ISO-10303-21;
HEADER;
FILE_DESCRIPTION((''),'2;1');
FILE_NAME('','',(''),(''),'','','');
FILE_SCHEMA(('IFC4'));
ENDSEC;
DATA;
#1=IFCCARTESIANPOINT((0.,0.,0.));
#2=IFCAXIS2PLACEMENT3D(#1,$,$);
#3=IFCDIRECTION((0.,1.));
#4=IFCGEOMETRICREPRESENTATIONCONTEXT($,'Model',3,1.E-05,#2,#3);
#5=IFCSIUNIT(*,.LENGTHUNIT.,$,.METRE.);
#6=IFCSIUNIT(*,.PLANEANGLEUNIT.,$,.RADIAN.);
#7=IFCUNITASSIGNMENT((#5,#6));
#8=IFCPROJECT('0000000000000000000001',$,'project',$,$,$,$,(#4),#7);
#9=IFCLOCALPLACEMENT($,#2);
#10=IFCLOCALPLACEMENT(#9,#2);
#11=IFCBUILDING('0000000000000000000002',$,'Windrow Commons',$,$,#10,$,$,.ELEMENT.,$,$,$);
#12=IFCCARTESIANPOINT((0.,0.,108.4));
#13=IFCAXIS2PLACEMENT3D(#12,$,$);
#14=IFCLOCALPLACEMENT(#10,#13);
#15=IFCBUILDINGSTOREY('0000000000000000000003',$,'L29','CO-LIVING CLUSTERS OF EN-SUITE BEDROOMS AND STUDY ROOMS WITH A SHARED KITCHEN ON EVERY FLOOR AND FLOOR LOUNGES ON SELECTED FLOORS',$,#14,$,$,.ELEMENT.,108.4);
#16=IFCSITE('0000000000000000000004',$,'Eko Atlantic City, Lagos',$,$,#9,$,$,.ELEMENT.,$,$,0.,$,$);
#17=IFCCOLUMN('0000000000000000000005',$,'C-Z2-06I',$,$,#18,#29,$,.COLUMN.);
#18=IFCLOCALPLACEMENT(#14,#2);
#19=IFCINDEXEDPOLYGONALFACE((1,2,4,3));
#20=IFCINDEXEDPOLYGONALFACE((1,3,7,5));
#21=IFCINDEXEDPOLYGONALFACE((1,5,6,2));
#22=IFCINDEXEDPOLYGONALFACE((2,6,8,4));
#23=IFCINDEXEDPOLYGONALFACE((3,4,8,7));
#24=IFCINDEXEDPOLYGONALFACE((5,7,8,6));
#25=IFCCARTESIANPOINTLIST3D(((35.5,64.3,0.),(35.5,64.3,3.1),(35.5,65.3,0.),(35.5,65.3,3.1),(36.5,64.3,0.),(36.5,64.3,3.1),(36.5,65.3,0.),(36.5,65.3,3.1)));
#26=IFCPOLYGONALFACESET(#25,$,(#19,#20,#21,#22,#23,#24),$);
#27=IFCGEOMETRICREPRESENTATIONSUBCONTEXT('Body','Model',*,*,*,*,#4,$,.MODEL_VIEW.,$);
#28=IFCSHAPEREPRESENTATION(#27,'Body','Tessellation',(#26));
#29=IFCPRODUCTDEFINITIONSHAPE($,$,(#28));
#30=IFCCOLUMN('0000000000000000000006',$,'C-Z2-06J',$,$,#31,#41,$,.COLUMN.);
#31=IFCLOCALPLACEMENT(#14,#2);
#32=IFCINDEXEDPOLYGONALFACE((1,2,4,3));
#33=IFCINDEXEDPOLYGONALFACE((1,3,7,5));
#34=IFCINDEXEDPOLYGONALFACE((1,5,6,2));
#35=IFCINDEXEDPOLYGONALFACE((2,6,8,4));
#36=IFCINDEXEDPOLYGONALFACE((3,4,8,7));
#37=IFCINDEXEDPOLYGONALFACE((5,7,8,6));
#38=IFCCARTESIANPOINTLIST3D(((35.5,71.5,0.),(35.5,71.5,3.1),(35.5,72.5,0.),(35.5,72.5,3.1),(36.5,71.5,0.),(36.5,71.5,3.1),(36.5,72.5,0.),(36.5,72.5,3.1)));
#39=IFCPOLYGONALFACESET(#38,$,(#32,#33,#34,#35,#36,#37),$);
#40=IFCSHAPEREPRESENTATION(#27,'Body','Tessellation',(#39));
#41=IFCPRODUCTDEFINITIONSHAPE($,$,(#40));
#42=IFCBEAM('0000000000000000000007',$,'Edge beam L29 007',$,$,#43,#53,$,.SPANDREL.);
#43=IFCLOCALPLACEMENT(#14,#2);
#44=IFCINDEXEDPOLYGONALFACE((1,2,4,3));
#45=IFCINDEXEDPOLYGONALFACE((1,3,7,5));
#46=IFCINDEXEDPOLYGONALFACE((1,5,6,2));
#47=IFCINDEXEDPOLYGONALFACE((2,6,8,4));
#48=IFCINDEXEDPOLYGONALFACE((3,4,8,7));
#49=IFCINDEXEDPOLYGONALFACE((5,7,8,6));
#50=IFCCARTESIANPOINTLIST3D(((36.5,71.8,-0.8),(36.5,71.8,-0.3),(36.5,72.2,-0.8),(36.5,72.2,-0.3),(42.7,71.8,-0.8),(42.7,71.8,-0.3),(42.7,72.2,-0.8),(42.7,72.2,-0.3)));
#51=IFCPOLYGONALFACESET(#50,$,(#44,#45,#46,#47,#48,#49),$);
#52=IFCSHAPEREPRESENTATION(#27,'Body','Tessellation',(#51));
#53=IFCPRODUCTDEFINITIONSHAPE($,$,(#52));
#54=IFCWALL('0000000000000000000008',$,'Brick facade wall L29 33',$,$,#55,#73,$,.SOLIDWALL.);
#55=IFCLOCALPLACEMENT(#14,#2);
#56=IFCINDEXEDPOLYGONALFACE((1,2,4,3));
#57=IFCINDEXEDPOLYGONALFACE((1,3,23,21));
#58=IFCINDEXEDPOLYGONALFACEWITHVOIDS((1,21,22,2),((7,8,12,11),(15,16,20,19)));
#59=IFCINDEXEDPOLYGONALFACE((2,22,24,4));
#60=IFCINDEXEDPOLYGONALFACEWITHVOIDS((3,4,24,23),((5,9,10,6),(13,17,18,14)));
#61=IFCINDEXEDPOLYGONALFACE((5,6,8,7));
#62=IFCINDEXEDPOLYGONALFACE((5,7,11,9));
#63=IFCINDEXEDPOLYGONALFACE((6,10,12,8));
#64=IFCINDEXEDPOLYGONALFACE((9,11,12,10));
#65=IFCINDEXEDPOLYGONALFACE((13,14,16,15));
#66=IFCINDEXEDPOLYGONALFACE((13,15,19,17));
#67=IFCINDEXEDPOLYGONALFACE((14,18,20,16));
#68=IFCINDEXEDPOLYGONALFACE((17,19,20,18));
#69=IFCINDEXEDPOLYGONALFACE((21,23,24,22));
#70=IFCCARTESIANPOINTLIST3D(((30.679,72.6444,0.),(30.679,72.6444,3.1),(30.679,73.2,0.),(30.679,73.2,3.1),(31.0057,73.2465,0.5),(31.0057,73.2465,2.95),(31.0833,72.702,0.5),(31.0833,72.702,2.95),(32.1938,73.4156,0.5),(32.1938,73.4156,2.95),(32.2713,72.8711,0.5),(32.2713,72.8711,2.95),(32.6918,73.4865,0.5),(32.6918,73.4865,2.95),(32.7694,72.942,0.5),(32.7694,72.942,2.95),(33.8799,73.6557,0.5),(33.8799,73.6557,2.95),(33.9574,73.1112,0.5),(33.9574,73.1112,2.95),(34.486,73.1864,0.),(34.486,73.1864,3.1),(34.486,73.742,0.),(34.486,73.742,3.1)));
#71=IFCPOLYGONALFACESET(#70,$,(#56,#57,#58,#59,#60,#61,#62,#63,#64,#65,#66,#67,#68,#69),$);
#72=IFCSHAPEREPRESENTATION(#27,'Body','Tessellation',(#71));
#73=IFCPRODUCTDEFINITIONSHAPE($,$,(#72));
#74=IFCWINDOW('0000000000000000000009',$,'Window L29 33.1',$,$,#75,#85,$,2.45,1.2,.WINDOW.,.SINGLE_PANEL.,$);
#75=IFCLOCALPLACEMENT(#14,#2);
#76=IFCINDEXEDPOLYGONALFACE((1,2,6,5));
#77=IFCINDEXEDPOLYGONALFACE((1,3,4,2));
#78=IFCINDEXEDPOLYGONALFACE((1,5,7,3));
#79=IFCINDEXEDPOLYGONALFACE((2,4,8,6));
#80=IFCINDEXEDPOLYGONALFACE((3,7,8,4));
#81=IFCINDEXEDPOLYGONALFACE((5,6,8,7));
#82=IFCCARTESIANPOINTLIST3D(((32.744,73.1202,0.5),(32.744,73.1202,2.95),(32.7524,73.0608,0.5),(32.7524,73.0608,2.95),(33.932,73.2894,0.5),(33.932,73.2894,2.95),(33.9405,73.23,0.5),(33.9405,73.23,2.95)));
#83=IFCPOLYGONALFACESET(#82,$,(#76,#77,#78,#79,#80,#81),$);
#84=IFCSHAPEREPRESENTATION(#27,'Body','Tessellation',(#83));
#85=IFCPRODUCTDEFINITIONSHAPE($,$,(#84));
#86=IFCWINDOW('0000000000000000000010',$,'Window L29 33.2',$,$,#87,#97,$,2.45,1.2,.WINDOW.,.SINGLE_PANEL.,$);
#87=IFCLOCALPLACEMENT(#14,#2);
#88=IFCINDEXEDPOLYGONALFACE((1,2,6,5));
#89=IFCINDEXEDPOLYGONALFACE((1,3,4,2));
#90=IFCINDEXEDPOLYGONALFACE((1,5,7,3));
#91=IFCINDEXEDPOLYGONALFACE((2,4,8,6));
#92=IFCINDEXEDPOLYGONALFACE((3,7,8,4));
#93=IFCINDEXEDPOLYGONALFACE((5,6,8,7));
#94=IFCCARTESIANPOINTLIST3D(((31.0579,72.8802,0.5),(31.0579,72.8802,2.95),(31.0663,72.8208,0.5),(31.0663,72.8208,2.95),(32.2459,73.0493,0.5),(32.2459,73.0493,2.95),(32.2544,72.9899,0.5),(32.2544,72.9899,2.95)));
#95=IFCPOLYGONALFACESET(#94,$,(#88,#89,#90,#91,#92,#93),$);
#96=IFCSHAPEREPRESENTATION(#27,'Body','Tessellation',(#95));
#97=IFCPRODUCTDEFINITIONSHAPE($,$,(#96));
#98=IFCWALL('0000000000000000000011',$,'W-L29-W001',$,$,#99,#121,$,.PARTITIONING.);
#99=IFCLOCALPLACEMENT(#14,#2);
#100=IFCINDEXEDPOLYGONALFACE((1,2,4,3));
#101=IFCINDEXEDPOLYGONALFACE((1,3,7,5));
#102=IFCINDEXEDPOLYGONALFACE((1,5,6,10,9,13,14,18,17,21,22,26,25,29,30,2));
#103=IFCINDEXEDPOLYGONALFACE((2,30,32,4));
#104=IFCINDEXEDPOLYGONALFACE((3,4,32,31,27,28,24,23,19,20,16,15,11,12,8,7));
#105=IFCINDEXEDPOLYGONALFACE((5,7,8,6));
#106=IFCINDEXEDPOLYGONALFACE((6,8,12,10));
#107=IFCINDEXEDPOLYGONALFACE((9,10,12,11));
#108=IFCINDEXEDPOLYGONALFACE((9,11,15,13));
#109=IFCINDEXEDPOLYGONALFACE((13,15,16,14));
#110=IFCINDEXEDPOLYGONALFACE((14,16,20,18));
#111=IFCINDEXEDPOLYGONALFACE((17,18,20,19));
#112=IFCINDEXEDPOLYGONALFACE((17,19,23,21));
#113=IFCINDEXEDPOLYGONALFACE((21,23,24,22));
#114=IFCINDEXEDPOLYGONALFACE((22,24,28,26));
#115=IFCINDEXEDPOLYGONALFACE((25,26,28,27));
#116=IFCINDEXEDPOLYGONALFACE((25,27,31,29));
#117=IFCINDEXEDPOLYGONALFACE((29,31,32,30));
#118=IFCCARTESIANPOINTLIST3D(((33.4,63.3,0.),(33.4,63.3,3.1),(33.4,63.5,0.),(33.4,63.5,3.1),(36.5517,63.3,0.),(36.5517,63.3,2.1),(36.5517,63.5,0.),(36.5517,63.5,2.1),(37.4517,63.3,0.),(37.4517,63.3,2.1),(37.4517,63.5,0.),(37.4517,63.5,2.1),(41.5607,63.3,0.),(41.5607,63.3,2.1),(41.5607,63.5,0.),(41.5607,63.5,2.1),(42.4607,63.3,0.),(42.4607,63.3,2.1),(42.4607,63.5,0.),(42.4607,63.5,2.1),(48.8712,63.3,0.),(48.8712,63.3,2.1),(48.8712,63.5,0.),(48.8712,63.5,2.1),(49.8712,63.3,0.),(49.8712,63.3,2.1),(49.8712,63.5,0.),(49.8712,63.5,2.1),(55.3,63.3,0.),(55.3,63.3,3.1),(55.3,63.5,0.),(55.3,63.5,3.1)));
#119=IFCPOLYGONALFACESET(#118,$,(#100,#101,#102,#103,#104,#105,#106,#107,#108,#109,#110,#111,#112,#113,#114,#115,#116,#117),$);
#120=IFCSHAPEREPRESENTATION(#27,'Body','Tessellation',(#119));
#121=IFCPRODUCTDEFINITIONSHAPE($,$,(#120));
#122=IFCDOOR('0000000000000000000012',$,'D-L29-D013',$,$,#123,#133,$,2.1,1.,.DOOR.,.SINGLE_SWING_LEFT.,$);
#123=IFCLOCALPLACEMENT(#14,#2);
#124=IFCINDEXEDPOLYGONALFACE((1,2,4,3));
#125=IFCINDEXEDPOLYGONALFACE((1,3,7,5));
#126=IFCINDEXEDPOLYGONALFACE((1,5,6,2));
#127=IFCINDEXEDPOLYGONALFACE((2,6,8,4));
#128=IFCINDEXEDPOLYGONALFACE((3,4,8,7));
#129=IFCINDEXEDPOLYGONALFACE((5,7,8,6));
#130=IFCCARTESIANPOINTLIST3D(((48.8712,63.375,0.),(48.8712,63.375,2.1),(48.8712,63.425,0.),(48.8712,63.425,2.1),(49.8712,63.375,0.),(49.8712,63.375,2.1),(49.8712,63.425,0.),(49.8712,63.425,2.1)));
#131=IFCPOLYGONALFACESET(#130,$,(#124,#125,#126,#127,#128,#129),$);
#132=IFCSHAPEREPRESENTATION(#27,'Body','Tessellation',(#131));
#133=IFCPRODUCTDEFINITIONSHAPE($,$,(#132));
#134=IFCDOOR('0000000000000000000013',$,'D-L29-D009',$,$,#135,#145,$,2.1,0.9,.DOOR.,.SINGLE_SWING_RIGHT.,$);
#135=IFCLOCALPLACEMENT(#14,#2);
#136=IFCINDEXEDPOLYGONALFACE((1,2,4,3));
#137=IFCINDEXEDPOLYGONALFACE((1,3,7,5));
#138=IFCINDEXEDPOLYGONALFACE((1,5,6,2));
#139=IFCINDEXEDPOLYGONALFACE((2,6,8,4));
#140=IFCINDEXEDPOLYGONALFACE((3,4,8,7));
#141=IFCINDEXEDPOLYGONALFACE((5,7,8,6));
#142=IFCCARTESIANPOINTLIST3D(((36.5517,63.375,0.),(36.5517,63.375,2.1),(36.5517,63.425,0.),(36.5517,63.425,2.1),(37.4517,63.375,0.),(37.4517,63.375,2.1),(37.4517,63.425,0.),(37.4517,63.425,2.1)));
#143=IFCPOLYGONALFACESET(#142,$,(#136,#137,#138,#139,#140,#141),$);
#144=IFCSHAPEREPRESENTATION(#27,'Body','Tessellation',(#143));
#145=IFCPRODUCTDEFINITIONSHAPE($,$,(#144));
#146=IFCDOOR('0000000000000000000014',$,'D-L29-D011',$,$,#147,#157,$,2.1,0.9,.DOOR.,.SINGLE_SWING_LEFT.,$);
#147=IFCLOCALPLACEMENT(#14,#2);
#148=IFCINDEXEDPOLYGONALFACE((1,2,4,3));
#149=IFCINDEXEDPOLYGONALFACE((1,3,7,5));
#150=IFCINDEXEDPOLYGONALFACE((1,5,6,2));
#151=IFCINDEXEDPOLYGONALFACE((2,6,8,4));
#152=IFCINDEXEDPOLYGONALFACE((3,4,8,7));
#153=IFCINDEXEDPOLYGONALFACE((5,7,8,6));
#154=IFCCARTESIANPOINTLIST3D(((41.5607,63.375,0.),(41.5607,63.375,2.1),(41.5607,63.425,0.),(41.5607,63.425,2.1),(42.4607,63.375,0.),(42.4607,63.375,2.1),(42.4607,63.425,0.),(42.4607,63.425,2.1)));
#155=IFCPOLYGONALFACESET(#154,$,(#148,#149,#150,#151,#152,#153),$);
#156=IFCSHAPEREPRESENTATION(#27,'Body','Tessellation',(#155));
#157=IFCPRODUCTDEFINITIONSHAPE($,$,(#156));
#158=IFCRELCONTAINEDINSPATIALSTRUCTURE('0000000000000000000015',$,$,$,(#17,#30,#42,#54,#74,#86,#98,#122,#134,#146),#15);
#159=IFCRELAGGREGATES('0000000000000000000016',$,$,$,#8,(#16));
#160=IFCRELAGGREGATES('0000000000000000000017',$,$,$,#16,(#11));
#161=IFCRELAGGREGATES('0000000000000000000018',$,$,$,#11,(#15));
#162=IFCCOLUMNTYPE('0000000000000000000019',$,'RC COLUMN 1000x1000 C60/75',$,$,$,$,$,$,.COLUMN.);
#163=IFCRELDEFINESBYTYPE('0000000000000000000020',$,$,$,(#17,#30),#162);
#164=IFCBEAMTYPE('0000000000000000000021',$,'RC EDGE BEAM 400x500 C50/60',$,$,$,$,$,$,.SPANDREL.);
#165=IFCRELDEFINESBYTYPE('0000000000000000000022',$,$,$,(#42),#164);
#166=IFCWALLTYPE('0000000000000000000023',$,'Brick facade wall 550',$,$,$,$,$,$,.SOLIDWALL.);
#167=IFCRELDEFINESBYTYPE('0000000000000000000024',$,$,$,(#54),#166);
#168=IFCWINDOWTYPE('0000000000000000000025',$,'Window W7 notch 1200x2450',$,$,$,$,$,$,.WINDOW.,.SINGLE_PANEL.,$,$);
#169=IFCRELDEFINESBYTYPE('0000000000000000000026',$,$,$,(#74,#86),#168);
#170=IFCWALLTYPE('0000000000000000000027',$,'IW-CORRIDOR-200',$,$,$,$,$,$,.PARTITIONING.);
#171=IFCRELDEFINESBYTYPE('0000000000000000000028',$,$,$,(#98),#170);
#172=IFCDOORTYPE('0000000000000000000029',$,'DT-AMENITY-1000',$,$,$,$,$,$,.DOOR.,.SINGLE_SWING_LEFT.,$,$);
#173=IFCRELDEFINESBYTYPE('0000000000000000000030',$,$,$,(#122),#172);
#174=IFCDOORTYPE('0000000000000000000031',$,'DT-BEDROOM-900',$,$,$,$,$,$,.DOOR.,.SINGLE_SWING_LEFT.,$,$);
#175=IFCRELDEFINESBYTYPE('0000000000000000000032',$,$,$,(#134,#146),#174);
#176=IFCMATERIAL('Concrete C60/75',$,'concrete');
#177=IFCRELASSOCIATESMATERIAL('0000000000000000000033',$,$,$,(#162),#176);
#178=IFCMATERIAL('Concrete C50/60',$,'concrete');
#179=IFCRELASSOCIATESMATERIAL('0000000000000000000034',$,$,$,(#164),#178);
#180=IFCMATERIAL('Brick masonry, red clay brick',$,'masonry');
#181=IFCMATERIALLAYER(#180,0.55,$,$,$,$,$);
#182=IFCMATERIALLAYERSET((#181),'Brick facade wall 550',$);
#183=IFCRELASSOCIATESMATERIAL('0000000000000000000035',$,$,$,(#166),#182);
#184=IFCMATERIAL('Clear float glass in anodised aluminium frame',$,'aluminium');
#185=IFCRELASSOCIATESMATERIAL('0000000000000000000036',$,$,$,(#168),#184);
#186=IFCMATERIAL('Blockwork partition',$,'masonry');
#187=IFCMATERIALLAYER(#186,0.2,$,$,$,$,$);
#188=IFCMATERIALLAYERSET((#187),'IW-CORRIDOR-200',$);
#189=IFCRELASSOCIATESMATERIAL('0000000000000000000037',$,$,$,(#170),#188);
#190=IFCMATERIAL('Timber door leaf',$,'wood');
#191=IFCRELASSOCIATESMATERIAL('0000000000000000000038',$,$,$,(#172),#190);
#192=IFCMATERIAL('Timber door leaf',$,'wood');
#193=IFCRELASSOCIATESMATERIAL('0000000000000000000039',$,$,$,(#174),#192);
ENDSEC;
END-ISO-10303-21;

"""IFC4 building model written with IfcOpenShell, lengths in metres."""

from ifc_helpers import new_model, si_unit, direction, frame, frame_2d, origin, origin_2d, place, context, subcontext, project, spatial, polyline, rectangle, outline, extrude, material, layer, layer_set, material_profile, profile_set, type_object, element, fill, save


model = new_model("IFC4")

# Units and contexts
model_context = context("Model", 3, precision=1e-05, world=origin(), true_north=direction((0.0, 1.0)))
body_context = subcontext(model_context, "Body", "Model", "MODEL_VIEW")
ifc_project = project(units=[si_unit("LENGTHUNIT", "METRE"), si_unit("PLANEANGLEUNIT", "RADIAN")], contexts=[model_context])

# Site, building, storey
site_placement = place(None, origin())
site = spatial("IfcSite", under=ifc_project, at=site_placement, Name="Eko Atlantic City, Lagos", CompositionType="ELEMENT", RefElevation=0.0)
building_placement = place(site_placement, origin())
building = spatial("IfcBuilding", under=site, at=building_placement, Name="Windrow Commons", CompositionType="ELEMENT")
storey_placement = place(building_placement, frame((0.0, 0.0, 108.4)))
storey = spatial("IfcBuildingStorey", under=building, at=storey_placement, Name="L29", Description="CO-LIVING CLUSTERS OF EN-SUITE BEDROOMS AND STUDY ROOMS WITH A SHARED KITCHEN ON EVERY FLOOR AND FLOOR LOUNGES ON SELECTED FLOORS", CompositionType="ELEMENT", Elevation=108.4)

# Columns
ifc_material_1 = material(Name="Concrete C60/75", Category="concrete")
ifc_material_profile_1 = material_profile(ifc_material_1, rectangle(XDim=1.0, YDim=1.0, at=origin_2d()))
ifc_profile_set_1 = profile_set([ifc_material_profile_1], Name="Concrete C60/75")
column_type = type_object("IfcColumnType", Name="RC COLUMN 1000x1000 C60/75", PredefinedType="COLUMN", material=ifc_profile_set_1)
for number, where, z_axis, x_axis, name in (
    (1, (36.0, 64.8, 0.0), (0.0, 0.0, 1.0), (1.0, 0.0, 0.0), "C-Z2-06I"),
    (2, (36.0, 72.0, 0.0), (0.0, 0.0, 1.0), (1.0, 0.0, 0.0), "C-Z2-06J"),
):
    element("IfcColumn", number, at=place(storey_placement, frame(where, z_axis=z_axis, x_axis=x_axis)), inside=storey, type_object=column_type, Name=name, PredefinedType="COLUMN", context=body_context, shape_type="SweptSolid", body=[
        extrude(rectangle(XDim=1.0, YDim=1.0, at=origin_2d()), origin(), (0.0, 0.0, 1.0), 3.1),
    ])

# Beam
ifc_material_2 = material(Name="Concrete C50/60", Category="concrete")
ifc_material_profile_2 = material_profile(ifc_material_2, rectangle(XDim=0.4, YDim=0.5, at=origin_2d()))
ifc_profile_set_2 = profile_set([ifc_material_profile_2], Name="Concrete C50/60")
beam_type = type_object("IfcBeamType", Name="RC EDGE BEAM 400x500 C50/60", PredefinedType="SPANDREL", material=ifc_profile_set_2)
beam_placement = place(storey_placement, frame((36.5, 72.0, -0.55), z_axis=(1.0, 0.0, 0.0), x_axis=(0.0, 1.0, 0.0)))
element("IfcBeam", 3, at=beam_placement, inside=storey, type_object=beam_type, Name="Edge beam L29 007", PredefinedType="SPANDREL", context=body_context, shape_type="SweptSolid", body=[
    extrude(rectangle(XDim=0.4, YDim=0.5, at=origin_2d()), origin(), (0.0, 0.0, 1.0), 6.2),
])

# Wall, openings, windows
ifc_material_3 = material(Name="Brick masonry, red clay brick", Category="masonry")
ifc_layer_1 = layer(ifc_material_3, 0.55)
ifc_layer_set_1 = layer_set([ifc_layer_1], Name="Brick facade wall 550")
wall_type_1 = type_object("IfcWallType", Name="Brick facade wall 550", PredefinedType="SOLIDWALL", material=ifc_layer_set_1)
wall_1_placement = place(storey_placement, frame((34.486, 73.4642, 0.0), z_axis=(0.0, 0.0, 1.0), x_axis=(-0.990017, -0.140948, 0.0)))
wall_1 = element("IfcWall", 4, at=wall_1_placement, inside=storey, type_object=wall_type_1, Name="Brick facade wall L29 33", PredefinedType="SOLIDWALL", context=body_context, shape_type="SweptSolid", body=[
    extrude(outline(polyline([(-0.0392, -0.275), (3.8062, -0.275), (3.8845, 0.275), (0.0392, 0.275), (-0.0392, -0.275)])), origin(), (0.0, 0.0, 1.0), 3.1),
])
opening_1_placement = place(wall_1_placement, frame((0.5731, 0.0, 0.5)))
opening_1 = element("IfcOpeningElement", 5, at=opening_1_placement, cuts=wall_1, PredefinedType="OPENING", context=body_context, shape_type="SweptSolid", body=[
    extrude(rectangle(XDim=1.2, YDim=2.45, at=frame_2d((0.6, 1.225))), frame((0.0, 0.285, 0.0), z_axis=(0.0, -1.0, 0.0), x_axis=(1.0, 0.0, 0.0)), (0.0, 0.0, 1.0), 0.57),
])
opening_2_placement = place(wall_1_placement, frame((2.2762, 0.0, 0.5)))
opening_2 = element("IfcOpeningElement", 6, at=opening_2_placement, cuts=wall_1, PredefinedType="OPENING", context=body_context, shape_type="SweptSolid", body=[
    extrude(rectangle(XDim=1.2, YDim=2.45, at=frame_2d((0.6, 1.225))), frame((0.0, 0.285, 0.0), z_axis=(0.0, -1.0, 0.0), x_axis=(1.0, 0.0, 0.0)), (0.0, 0.0, 1.0), 0.57),
])
ifc_material_4 = material(Name="Clear float glass in anodised aluminium frame", Category="aluminium")
window_type = type_object("IfcWindowType", Name="Window W7 notch 1200x2450", PartitioningType="SINGLE_PANEL", PredefinedType="WINDOW", material=ifc_material_4)
window_1_placement = place(opening_1_placement, origin())
window_1 = element("IfcWindow", 7, at=window_1_placement, inside=storey, type_object=window_type, Name="Window L29 33.1", OverallHeight=2.45, OverallWidth=1.2, PartitioningType="SINGLE_PANEL", PredefinedType="WINDOW", context=body_context, shape_type="SweptSolid", body=[
    extrude(rectangle(XDim=1.2, YDim=2.45, at=frame_2d((0.6, 1.225))), frame((0.0, 0.155, 0.0), z_axis=(0.0, -1.0, 0.0), x_axis=(1.0, 0.0, 0.0)), (0.0, 0.0, 1.0), 0.06),
])
fill(opening_1, window_1)
window_2_placement = place(opening_2_placement, origin())
window_2 = element("IfcWindow", 8, at=window_2_placement, inside=storey, type_object=window_type, Name="Window L29 33.2", OverallHeight=2.45, OverallWidth=1.2, PartitioningType="SINGLE_PANEL", PredefinedType="WINDOW", context=body_context, shape_type="SweptSolid", body=[
    extrude(rectangle(XDim=1.2, YDim=2.45, at=frame_2d((0.6, 1.225))), frame((0.0, 0.155, 0.0), z_axis=(0.0, -1.0, 0.0), x_axis=(1.0, 0.0, 0.0)), (0.0, 0.0, 1.0), 0.06),
])
fill(opening_2, window_2)

# Wall, openings, doors
ifc_material_5 = material(Name="Blockwork partition", Category="masonry")
ifc_layer_2 = layer(ifc_material_5, 0.2)
ifc_layer_set_2 = layer_set([ifc_layer_2], Name="IW-CORRIDOR-200")
wall_type_2 = type_object("IfcWallType", Name="IW-CORRIDOR-200", PredefinedType="PARTITIONING", material=ifc_layer_set_2)
wall_2_placement = place(storey_placement, frame((33.4, 63.4, 0.0), z_axis=(0.0, 0.0, 1.0), x_axis=(1.0, 0.0, 0.0)))
wall_2 = element("IfcWall", 9, at=wall_2_placement, inside=storey, type_object=wall_type_2, Name="W-L29-W001", PredefinedType="PARTITIONING", context=body_context, shape_type="SweptSolid", body=[
    extrude(rectangle(XDim=21.9, YDim=0.2, at=frame_2d((10.95, 0.0))), origin(), (0.0, 0.0, 1.0), 3.1),
])
opening_3_placement = place(wall_2_placement, frame((3.1517, 0.0, 0.0)))
opening_3 = element("IfcOpeningElement", 10, at=opening_3_placement, cuts=wall_2, PredefinedType="OPENING", context=body_context, shape_type="SweptSolid", body=[
    extrude(rectangle(XDim=0.9, YDim=2.1, at=frame_2d((0.45, 1.05))), frame((0.0, 0.11, 0.0), z_axis=(0.0, -1.0, 0.0), x_axis=(1.0, 0.0, 0.0)), (0.0, 0.0, 1.0), 0.22),
])
opening_4_placement = place(wall_2_placement, frame((8.1607, 0.0, 0.0)))
opening_4 = element("IfcOpeningElement", 11, at=opening_4_placement, cuts=wall_2, PredefinedType="OPENING", context=body_context, shape_type="SweptSolid", body=[
    extrude(rectangle(XDim=0.9, YDim=2.1, at=frame_2d((0.45, 1.05))), frame((0.0, 0.11, 0.0), z_axis=(0.0, -1.0, 0.0), x_axis=(1.0, 0.0, 0.0)), (0.0, 0.0, 1.0), 0.22),
])
opening_5_placement = place(wall_2_placement, frame((15.4712, 0.0, 0.0)))
opening_5 = element("IfcOpeningElement", 12, at=opening_5_placement, cuts=wall_2, PredefinedType="OPENING", context=body_context, shape_type="SweptSolid", body=[
    extrude(rectangle(XDim=1.0, YDim=2.1, at=frame_2d((0.5, 1.05))), frame((0.0, 0.11, 0.0), z_axis=(0.0, -1.0, 0.0), x_axis=(1.0, 0.0, 0.0)), (0.0, 0.0, 1.0), 0.22),
])
ifc_material_6 = material(Name="Timber door leaf", Category="wood")
door_type_1 = type_object("IfcDoorType", Name="DT-AMENITY-1000", OperationType="SINGLE_SWING_LEFT", PredefinedType="DOOR", material=ifc_material_6)
door_1_placement = place(opening_5_placement, origin())
door_1 = element("IfcDoor", 13, at=door_1_placement, inside=storey, type_object=door_type_1, Name="D-L29-D013", OperationType="SINGLE_SWING_LEFT", OverallHeight=2.1, OverallWidth=1.0, PredefinedType="DOOR", context=body_context, shape_type="SweptSolid", body=[
    extrude(rectangle(XDim=1.0, YDim=2.1, at=frame_2d((0.5, 1.05))), frame((0.0, 0.025, 0.0), z_axis=(0.0, -1.0, 0.0), x_axis=(1.0, 0.0, 0.0)), (0.0, 0.0, 1.0), 0.05),
])
fill(opening_5, door_1)
ifc_material_7 = material(Name="Timber door leaf", Category="wood")
door_type_2 = type_object("IfcDoorType", Name="DT-BEDROOM-900", OperationType="SINGLE_SWING_LEFT", PredefinedType="DOOR", material=ifc_material_7)
door_2_placement = place(opening_3_placement, origin())
door_2 = element("IfcDoor", 14, at=door_2_placement, inside=storey, type_object=door_type_2, Name="D-L29-D009", OperationType="SINGLE_SWING_RIGHT", OverallHeight=2.1, OverallWidth=0.9, PredefinedType="DOOR", context=body_context, shape_type="SweptSolid", body=[
    extrude(rectangle(XDim=0.9, YDim=2.1, at=frame_2d((0.45, 1.05))), frame((0.0, 0.025, 0.0), z_axis=(0.0, -1.0, 0.0), x_axis=(1.0, 0.0, 0.0)), (0.0, 0.0, 1.0), 0.05),
])
fill(opening_3, door_2)
door_3_placement = place(opening_4_placement, origin())
door_3 = element("IfcDoor", 15, at=door_3_placement, inside=storey, type_object=door_type_2, Name="D-L29-D011", OperationType="SINGLE_SWING_LEFT", OverallHeight=2.1, OverallWidth=0.9, PredefinedType="DOOR", context=body_context, shape_type="SweptSolid", body=[
    extrude(rectangle(XDim=0.9, YDim=2.1, at=frame_2d((0.45, 1.05))), frame((0.0, 0.025, 0.0), z_axis=(0.0, -1.0, 0.0), x_axis=(1.0, 0.0, 0.0)), (0.0, 0.0, 1.0), 0.05),
])
fill(opening_4, door_3)

save(model, "model.ifc")
